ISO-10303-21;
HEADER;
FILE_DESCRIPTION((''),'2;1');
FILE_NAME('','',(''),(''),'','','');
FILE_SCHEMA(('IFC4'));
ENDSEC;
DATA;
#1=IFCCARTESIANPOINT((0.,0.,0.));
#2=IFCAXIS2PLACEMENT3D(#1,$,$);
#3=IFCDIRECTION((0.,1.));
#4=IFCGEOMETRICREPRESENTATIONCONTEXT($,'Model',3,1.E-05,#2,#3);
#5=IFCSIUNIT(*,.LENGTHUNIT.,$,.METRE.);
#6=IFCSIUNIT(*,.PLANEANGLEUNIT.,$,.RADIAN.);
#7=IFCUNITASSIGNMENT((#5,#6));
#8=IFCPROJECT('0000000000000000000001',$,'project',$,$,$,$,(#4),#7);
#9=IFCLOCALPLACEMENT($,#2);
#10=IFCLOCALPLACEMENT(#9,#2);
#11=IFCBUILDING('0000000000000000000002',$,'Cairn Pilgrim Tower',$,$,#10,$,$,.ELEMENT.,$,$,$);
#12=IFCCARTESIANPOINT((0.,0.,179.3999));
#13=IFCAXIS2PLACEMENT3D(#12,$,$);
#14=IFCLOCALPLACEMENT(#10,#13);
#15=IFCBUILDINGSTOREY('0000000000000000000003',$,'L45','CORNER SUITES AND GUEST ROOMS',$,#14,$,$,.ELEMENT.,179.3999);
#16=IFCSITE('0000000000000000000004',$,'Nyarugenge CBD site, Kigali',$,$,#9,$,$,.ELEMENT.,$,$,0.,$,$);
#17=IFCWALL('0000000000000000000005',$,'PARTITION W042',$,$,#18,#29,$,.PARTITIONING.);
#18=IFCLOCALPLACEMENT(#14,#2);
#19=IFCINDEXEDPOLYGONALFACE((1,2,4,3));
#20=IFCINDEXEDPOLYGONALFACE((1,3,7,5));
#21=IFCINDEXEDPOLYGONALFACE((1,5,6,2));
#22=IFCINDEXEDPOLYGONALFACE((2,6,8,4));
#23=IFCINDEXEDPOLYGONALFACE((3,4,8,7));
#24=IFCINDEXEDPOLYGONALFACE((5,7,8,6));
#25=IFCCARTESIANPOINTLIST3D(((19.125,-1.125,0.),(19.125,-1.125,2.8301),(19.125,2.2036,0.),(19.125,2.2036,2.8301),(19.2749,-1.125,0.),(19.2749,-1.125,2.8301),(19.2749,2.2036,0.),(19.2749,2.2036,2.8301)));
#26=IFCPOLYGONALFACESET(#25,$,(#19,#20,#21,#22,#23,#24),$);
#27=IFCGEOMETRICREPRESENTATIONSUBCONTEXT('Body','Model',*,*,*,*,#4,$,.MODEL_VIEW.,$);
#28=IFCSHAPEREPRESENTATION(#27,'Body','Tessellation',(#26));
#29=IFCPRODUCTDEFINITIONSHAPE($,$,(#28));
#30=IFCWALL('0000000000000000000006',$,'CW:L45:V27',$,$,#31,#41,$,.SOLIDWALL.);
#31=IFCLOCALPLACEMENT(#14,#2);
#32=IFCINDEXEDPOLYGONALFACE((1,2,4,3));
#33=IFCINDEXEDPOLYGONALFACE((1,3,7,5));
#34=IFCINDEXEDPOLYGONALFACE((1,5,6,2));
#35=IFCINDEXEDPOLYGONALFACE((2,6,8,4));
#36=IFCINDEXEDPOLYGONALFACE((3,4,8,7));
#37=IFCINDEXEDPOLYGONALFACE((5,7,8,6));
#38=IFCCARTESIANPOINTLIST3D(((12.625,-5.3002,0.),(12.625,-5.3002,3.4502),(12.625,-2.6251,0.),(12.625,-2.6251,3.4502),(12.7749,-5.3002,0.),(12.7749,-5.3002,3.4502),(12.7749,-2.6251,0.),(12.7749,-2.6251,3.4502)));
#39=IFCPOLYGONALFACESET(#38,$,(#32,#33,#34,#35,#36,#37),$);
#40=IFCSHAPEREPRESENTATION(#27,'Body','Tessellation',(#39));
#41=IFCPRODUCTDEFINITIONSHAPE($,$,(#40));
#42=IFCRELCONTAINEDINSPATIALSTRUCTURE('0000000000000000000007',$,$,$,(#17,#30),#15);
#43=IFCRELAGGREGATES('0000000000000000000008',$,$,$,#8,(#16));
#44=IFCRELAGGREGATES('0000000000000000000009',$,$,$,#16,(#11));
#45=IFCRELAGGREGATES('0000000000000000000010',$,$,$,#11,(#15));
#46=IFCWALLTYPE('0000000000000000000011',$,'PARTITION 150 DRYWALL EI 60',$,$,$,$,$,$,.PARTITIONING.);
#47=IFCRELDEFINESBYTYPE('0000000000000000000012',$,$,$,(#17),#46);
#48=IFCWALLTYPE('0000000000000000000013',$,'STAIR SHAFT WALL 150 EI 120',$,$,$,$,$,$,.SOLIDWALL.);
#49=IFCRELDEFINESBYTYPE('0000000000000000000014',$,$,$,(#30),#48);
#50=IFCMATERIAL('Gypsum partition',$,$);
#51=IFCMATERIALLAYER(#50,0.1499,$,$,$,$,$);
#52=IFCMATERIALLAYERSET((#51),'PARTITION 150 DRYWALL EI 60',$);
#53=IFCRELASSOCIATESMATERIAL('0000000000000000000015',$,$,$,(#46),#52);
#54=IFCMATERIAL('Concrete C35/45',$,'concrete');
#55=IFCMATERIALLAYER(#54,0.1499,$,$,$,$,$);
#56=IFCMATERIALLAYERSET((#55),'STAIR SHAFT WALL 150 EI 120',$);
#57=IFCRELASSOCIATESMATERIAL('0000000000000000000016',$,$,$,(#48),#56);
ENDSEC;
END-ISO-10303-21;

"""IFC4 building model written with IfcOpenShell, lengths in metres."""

from ifc_helpers import new_model, si_unit, direction, frame, frame_2d, origin, place, context, subcontext, project, spatial, rectangle, extrude, material, layer, layer_set, type_object, element, save


model = new_model("IFC4")

# Units and contexts
model_context = context("Model", 3, precision=1e-05, world=origin(), true_north=direction((0.0, 1.0)))
body_context = subcontext(model_context, "Body", "Model", "MODEL_VIEW")
ifc_project = project(units=[si_unit("LENGTHUNIT", "METRE"), si_unit("PLANEANGLEUNIT", "RADIAN")], contexts=[model_context])

# Site, building, storey
site_placement = place(None, origin())
site = spatial("IfcSite", under=ifc_project, at=site_placement, Name="Nyarugenge CBD site, Kigali", CompositionType="ELEMENT", RefElevation=0.0)
building_placement = place(site_placement, origin())
building = spatial("IfcBuilding", under=site, at=building_placement, Name="Cairn Pilgrim Tower", CompositionType="ELEMENT")
storey_placement = place(building_placement, frame((0.0, 0.0, 179.3999)))
storey = spatial("IfcBuildingStorey", under=building, at=storey_placement, Name="L45", Description="CORNER SUITES AND GUEST ROOMS", CompositionType="ELEMENT", Elevation=179.3999)

# Shared definitions
ifc_material_1 = material(Name="Gypsum partition")
ifc_layer_1 = layer(ifc_material_1, 0.1499)
ifc_layer_set_1 = layer_set([ifc_layer_1], Name="PARTITION 150 DRYWALL EI 60")
wall_type_1 = type_object("IfcWallType", Name="PARTITION 150 DRYWALL EI 60", PredefinedType="PARTITIONING", material=ifc_layer_set_1)

# Walls
wall_1_placement = place(storey_placement, frame((19.2, -1.125, 0.0), z_axis=(0.0, 0.0, 1.0), x_axis=(0.0, 1.0, 0.0)))
element("IfcWall", 1, at=wall_1_placement, inside=storey, type_object=wall_type_1, Name="PARTITION W042", PredefinedType="PARTITIONING", context=body_context, shape_type="SweptSolid", body=[
    extrude(rectangle(XDim=3.3286, YDim=0.1499, at=frame_2d((1.6643, 0.0))), origin(), (0.0, 0.0, 1.0), 2.8301),
])
ifc_material_2 = material(Name="Concrete C35/45", Category="concrete")
ifc_layer_2 = layer(ifc_material_2, 0.1499)
ifc_layer_set_2 = layer_set([ifc_layer_2], Name="STAIR SHAFT WALL 150 EI 120")
wall_type_2 = type_object("IfcWallType", Name="STAIR SHAFT WALL 150 EI 120", PredefinedType="SOLIDWALL", material=ifc_layer_set_2)
wall_2_placement = place(storey_placement, frame((12.7, -5.3, 0.0), z_axis=(0.0, 0.0, 1.0), x_axis=(0.0, 1.0, 0.0)))
element("IfcWall", 2, at=wall_2_placement, inside=storey, type_object=wall_type_2, Name="CW:L45:V27", PredefinedType="SOLIDWALL", context=body_context, shape_type="SweptSolid", body=[
    extrude(rectangle(XDim=2.675, YDim=0.1499, at=frame_2d((1.3374, 0.0))), origin(), (0.0, 0.0, 1.0), 3.4502),
])

save(model, "model.ifc")
